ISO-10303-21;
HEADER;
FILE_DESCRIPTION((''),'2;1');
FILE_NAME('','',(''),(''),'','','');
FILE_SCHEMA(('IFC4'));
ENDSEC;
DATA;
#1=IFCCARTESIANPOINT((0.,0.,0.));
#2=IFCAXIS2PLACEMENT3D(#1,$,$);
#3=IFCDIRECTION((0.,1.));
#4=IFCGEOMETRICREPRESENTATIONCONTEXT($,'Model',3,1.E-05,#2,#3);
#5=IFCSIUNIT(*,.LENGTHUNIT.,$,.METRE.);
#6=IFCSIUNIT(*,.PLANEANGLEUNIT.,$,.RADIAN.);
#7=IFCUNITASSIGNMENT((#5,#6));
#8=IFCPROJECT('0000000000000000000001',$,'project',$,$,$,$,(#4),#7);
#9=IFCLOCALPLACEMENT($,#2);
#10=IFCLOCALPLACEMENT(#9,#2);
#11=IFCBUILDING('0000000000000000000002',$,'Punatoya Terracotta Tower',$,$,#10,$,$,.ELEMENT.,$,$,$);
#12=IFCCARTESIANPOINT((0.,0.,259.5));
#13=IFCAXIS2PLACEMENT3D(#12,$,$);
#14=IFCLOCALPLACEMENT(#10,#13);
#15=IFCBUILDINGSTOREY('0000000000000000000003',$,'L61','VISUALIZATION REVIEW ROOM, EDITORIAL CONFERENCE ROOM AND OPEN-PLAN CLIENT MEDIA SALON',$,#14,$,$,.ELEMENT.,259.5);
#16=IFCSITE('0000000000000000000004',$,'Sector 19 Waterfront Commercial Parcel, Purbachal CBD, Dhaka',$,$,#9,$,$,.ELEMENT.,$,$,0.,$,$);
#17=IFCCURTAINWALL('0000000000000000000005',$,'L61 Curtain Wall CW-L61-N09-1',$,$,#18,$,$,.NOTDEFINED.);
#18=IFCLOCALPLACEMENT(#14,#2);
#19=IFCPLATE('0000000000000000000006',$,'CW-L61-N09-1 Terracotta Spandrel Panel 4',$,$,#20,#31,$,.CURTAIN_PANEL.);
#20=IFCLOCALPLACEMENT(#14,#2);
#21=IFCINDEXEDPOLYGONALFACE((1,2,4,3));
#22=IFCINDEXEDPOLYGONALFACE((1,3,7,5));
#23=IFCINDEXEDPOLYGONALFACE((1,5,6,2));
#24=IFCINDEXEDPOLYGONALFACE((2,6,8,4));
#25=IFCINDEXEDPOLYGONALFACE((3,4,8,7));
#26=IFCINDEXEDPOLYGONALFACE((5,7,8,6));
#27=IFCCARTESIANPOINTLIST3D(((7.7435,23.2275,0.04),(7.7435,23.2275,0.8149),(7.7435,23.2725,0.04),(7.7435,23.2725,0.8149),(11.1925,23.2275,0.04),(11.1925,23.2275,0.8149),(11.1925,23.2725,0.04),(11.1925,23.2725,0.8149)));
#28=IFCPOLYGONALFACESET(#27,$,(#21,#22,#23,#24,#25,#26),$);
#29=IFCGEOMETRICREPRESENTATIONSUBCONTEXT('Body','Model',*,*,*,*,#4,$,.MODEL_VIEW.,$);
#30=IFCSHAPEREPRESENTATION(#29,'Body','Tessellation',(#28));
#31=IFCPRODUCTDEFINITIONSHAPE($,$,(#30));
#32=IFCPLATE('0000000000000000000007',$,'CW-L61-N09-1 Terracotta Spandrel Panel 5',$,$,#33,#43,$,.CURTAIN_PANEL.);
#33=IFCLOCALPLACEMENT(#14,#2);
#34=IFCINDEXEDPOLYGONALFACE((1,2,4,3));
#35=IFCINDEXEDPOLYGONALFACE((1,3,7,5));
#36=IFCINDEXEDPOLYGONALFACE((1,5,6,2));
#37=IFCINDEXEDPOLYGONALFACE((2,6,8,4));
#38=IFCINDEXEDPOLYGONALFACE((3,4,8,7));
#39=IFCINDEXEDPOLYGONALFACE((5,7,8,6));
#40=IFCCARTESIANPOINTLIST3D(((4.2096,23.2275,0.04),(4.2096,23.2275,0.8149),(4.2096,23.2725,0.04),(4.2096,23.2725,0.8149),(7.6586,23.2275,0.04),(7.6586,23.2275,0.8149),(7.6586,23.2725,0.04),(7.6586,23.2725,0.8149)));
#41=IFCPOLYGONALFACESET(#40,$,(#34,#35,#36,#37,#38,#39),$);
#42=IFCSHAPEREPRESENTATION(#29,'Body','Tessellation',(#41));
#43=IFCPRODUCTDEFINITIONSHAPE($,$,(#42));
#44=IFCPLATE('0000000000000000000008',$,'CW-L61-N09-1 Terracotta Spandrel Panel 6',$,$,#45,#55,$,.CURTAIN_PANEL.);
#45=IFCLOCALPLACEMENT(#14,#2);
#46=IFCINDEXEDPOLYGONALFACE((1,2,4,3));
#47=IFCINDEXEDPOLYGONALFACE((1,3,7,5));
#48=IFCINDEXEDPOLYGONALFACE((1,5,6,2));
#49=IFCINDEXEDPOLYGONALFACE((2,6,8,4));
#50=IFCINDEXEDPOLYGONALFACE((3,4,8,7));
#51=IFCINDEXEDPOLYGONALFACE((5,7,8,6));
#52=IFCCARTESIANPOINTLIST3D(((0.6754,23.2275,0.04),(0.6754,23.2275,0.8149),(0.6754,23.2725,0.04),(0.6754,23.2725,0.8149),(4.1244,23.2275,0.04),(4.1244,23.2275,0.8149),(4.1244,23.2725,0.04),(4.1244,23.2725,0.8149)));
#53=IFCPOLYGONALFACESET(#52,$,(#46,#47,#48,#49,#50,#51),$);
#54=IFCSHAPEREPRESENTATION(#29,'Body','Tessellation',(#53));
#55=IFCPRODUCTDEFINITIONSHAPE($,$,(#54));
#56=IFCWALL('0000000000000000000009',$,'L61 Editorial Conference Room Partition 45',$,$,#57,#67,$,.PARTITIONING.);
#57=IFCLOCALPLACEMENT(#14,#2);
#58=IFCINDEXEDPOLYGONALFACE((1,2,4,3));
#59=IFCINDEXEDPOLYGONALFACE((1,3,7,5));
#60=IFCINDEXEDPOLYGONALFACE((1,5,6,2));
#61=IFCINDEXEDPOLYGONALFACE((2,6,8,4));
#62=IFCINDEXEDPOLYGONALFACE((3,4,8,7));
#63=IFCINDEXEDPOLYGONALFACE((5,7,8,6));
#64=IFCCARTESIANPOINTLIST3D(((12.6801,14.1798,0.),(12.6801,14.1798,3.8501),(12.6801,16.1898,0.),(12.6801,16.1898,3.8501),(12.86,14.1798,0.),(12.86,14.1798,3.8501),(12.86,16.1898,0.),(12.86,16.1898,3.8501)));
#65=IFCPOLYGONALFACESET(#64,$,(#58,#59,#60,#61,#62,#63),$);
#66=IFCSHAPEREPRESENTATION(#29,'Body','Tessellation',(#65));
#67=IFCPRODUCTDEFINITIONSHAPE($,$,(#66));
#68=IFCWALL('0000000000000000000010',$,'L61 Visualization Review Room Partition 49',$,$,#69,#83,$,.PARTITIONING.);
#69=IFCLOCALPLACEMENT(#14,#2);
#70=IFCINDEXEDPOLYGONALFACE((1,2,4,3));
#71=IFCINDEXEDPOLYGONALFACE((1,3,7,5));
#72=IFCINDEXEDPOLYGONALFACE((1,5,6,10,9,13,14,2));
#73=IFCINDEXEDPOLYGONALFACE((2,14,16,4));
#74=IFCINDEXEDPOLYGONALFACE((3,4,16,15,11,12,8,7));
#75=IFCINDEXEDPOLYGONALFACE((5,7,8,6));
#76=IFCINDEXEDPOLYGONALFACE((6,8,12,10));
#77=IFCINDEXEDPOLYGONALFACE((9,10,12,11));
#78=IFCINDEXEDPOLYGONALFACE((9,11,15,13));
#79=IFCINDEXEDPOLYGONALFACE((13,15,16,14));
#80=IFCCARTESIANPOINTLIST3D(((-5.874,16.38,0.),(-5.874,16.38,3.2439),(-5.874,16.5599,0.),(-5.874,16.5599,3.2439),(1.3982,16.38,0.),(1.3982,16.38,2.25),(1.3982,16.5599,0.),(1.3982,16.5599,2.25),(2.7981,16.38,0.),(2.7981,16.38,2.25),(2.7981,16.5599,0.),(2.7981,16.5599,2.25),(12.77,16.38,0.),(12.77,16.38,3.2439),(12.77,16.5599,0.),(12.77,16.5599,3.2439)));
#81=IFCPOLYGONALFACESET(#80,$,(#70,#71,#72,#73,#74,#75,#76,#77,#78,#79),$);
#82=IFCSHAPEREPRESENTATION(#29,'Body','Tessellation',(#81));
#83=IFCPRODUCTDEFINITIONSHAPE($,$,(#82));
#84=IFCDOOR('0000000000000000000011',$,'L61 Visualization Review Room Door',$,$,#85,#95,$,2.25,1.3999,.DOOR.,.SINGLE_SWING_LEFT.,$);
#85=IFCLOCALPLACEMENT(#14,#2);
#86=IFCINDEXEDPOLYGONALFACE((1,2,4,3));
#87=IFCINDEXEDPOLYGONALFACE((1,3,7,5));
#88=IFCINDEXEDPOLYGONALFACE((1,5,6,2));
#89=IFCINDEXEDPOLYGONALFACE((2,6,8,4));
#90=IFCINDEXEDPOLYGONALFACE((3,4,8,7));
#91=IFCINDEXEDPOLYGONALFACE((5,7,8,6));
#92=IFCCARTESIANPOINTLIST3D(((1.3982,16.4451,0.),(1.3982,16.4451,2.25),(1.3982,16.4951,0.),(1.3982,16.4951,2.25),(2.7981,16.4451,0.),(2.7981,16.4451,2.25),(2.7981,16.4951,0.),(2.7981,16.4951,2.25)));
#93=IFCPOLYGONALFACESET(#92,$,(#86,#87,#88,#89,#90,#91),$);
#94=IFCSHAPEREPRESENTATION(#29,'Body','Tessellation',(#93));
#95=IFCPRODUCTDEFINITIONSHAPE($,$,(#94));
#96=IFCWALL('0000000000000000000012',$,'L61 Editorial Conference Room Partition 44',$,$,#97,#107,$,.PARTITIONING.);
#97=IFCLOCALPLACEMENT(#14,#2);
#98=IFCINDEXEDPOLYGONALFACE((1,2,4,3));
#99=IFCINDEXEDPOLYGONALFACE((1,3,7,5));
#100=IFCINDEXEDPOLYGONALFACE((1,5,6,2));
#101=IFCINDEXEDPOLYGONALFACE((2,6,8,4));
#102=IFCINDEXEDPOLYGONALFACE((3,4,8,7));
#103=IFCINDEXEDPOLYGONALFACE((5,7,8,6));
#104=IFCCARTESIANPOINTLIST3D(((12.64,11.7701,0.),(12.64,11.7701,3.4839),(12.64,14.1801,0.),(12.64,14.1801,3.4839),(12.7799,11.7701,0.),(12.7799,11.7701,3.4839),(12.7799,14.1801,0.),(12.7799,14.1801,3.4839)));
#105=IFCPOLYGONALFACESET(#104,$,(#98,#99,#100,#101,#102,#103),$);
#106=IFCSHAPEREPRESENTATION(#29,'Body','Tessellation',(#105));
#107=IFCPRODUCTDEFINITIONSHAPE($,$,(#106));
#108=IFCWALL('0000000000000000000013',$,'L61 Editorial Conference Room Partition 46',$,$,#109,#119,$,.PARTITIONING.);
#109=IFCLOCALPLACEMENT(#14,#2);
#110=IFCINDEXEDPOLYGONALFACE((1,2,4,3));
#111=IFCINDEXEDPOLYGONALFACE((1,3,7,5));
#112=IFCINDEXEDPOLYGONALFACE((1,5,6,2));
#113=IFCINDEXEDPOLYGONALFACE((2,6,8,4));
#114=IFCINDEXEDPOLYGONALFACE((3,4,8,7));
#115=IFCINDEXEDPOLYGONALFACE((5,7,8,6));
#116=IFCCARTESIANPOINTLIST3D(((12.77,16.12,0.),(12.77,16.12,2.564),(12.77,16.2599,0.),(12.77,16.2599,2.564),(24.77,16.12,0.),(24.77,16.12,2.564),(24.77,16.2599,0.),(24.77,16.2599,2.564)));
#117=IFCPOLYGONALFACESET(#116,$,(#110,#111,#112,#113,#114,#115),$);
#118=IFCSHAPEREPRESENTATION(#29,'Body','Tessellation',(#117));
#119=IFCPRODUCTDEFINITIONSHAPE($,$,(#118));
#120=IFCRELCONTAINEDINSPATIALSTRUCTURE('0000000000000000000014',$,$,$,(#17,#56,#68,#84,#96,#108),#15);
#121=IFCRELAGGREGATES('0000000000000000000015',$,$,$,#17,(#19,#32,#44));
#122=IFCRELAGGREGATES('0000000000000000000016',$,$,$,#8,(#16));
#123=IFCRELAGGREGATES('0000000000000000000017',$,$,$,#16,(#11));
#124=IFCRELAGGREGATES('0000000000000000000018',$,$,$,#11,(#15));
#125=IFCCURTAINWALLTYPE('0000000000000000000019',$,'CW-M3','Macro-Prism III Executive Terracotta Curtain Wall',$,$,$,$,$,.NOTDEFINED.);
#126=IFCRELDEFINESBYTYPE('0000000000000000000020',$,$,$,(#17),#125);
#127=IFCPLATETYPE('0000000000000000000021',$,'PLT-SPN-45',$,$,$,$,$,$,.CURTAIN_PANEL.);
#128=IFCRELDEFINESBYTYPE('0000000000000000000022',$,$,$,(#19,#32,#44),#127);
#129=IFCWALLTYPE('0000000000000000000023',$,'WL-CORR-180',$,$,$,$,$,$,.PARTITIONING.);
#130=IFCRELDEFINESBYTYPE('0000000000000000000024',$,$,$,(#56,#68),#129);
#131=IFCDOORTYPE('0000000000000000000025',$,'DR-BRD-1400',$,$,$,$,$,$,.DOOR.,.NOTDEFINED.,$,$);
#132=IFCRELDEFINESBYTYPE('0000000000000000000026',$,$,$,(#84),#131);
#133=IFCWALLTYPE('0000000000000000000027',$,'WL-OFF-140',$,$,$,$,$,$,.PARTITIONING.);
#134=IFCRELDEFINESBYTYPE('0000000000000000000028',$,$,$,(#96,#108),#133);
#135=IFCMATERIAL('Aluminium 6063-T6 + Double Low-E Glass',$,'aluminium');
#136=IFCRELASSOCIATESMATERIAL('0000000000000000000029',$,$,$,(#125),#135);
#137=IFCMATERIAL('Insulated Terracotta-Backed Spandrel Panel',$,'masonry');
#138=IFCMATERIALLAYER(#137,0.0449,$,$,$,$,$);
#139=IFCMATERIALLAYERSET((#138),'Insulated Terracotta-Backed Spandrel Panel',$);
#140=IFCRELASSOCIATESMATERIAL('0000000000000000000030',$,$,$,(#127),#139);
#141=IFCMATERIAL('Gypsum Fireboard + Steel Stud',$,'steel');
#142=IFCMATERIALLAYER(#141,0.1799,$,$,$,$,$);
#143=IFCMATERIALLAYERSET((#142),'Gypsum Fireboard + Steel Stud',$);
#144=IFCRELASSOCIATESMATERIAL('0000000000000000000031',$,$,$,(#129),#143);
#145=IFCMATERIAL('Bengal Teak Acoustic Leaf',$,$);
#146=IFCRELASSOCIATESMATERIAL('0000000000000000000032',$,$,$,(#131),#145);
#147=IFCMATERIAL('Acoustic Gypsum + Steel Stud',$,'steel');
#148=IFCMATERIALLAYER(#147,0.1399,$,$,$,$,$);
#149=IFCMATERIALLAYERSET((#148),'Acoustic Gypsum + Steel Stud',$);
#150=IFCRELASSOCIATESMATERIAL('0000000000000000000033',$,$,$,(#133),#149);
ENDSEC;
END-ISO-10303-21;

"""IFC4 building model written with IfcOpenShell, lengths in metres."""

from ifc_helpers import new_model, si_unit, direction, frame, frame_2d, origin, origin_2d, place, context, subcontext, project, spatial, rectangle, extrude, material, layer, layer_set, type_object, element, fill, aggregate, save


model = new_model("IFC4")

# Units and contexts
model_context = context("Model", 3, precision=1e-05, world=origin(), true_north=direction((0.0, 1.0)))
body_context = subcontext(model_context, "Body", "Model", "MODEL_VIEW")
ifc_project = project(units=[si_unit("LENGTHUNIT", "METRE"), si_unit("PLANEANGLEUNIT", "RADIAN")], contexts=[model_context])

# Site, building, storey
site_placement = place(None, origin())
site = spatial("IfcSite", under=ifc_project, at=site_placement, Name="Sector 19 Waterfront Commercial Parcel, Purbachal CBD, Dhaka", CompositionType="ELEMENT", RefElevation=0.0)
building_placement = place(site_placement, origin())
building = spatial("IfcBuilding", under=site, at=building_placement, Name="Punatoya Terracotta Tower", CompositionType="ELEMENT")
storey_placement = place(building_placement, frame((0.0, 0.0, 259.5)))
storey = spatial("IfcBuildingStorey", under=building, at=storey_placement, Name="L61", Description="VISUALIZATION REVIEW ROOM, EDITORIAL CONFERENCE ROOM AND OPEN-PLAN CLIENT MEDIA SALON", CompositionType="ELEMENT", Elevation=259.5)

# Curtain wall, plates
ifc_material_1 = material(Name="Aluminium 6063-T6 + Double Low-E Glass", Category="aluminium")
curtain_wall_type = type_object("IfcCurtainWallType", Name="CW-M3", Description="Macro-Prism III Executive Terracotta Curtain Wall", PredefinedType="NOTDEFINED", material=ifc_material_1)
curtain_wall_placement = place(storey_placement, origin())
curtain_wall = element("IfcCurtainWall", 1, at=curtain_wall_placement, inside=storey, type_object=curtain_wall_type, Name="L61 Curtain Wall CW-L61-N09-1", PredefinedType="NOTDEFINED")
ifc_material_2 = material(Name="Insulated Terracotta-Backed Spandrel Panel", Category="masonry")
ifc_layer_1 = layer(ifc_material_2, 0.0449)
ifc_layer_set_1 = layer_set([ifc_layer_1], Name="Insulated Terracotta-Backed Spandrel Panel")
plate_type_1 = type_object("IfcPlateType", Name="PLT-SPN-45", PredefinedType="CURTAIN_PANEL", material=ifc_layer_set_1)
plate_1_placement = place(storey_placement, frame((9.468, 23.25, 0.04), z_axis=(0.0, 0.0, 1.0), x_axis=(-1.0, 0.0, 0.0)))
plate_1 = element("IfcPlate", 2, at=plate_1_placement, type_object=plate_type_1, Name="CW-L61-N09-1 Terracotta Spandrel Panel 4", PredefinedType="CURTAIN_PANEL", context=body_context, shape_type="SweptSolid", body=[
    extrude(rectangle(XDim=3.449, YDim=0.0449, at=origin_2d()), origin(), (0.0, 0.0, 1.0), 0.7749),
])
plate_2_placement = place(storey_placement, frame((5.9341, 23.25, 0.04), z_axis=(0.0, 0.0, 1.0), x_axis=(-1.0, 0.0, 0.0)))
plate_2 = element("IfcPlate", 3, at=plate_2_placement, type_object=plate_type_1, Name="CW-L61-N09-1 Terracotta Spandrel Panel 5", PredefinedType="CURTAIN_PANEL", context=body_context, shape_type="SweptSolid", body=[
    extrude(rectangle(XDim=3.449, YDim=0.0449, at=origin_2d()), origin(), (0.0, 0.0, 1.0), 0.7749),
])
plate_3_placement = place(storey_placement, frame((2.3999, 23.25, 0.04), z_axis=(0.0, 0.0, 1.0), x_axis=(-1.0, 0.0, 0.0)))
plate_3 = element("IfcPlate", 4, at=plate_3_placement, type_object=plate_type_1, Name="CW-L61-N09-1 Terracotta Spandrel Panel 6", PredefinedType="CURTAIN_PANEL", context=body_context, shape_type="SweptSolid", body=[
    extrude(rectangle(XDim=3.449, YDim=0.0449, at=origin_2d()), origin(), (0.0, 0.0, 1.0), 0.7749),
])
aggregate(curtain_wall, [plate_1, plate_2, plate_3])

# Wall
ifc_material_3 = material(Name="Gypsum Fireboard + Steel Stud", Category="steel")
ifc_layer_2 = layer(ifc_material_3, 0.1799)
ifc_layer_set_2 = layer_set([ifc_layer_2], Name="Gypsum Fireboard + Steel Stud")
wall_type_1 = type_object("IfcWallType", Name="WL-CORR-180", PredefinedType="PARTITIONING", material=ifc_layer_set_2)
wall_1_placement = place(storey_placement, frame((12.77, 14.1799, 0.0), z_axis=(0.0, 0.0, 1.0), x_axis=(0.0, 1.0, 0.0)))
element("IfcWall", 5, at=wall_1_placement, inside=storey, type_object=wall_type_1, Name="L61 Editorial Conference Room Partition 45", PredefinedType="PARTITIONING", context=body_context, shape_type="SweptSolid", body=[
    extrude(rectangle(XDim=2.01, YDim=0.1799, at=frame_2d((1.0049, 0.0))), origin(), (0.0, 0.0, 1.0), 3.8501),
])

# Wall, opening, door
wall_2_placement = place(storey_placement, frame((12.77, 16.47, 0.0), z_axis=(0.0, 0.0, 1.0), x_axis=(-1.0, 0.0, 0.0)))
wall_2 = element("IfcWall", 6, at=wall_2_placement, inside=storey, type_object=wall_type_1, Name="L61 Visualization Review Room Partition 49", PredefinedType="PARTITIONING", context=body_context, shape_type="SweptSolid", body=[
    extrude(rectangle(XDim=18.644, YDim=0.1799, at=frame_2d((9.322, 0.0))), origin(), (0.0, 0.0, 1.0), 3.2439),
])
opening_placement = place(wall_2_placement, frame((9.9719, 0.0, 0.0)))
opening = element("IfcOpeningElement", 7, at=opening_placement, cuts=wall_2, PredefinedType="OPENING", context=body_context, shape_type="SweptSolid", body=[
    extrude(rectangle(XDim=1.3999, YDim=2.25, at=frame_2d((0.7, 1.125))), frame((0.0, 0.0999, 0.0), z_axis=(0.0, -1.0, 0.0), x_axis=(1.0, 0.0, 0.0)), (0.0, 0.0, 1.0), 0.2),
])
ifc_material_4 = material(Name="Bengal Teak Acoustic Leaf")
door_type = type_object("IfcDoorType", Name="DR-BRD-1400", OperationType="NOTDEFINED", PredefinedType="DOOR", material=ifc_material_4)
door_placement = place(opening_placement, origin())
door = element("IfcDoor", 8, at=door_placement, inside=storey, type_object=door_type, Name="L61 Visualization Review Room Door", OperationType="SINGLE_SWING_LEFT", OverallHeight=2.25, OverallWidth=1.3999, PredefinedType="DOOR", context=body_context, shape_type="SweptSolid", body=[
    extrude(rectangle(XDim=1.3999, YDim=2.25, at=frame_2d((0.7, 1.125))), frame((0.0, 0.0249, 0.0), z_axis=(0.0, -1.0, 0.0), x_axis=(1.0, 0.0, 0.0)), (0.0, 0.0, 1.0), 0.05),
])
fill(opening, door)

# Walls
ifc_material_5 = material(Name="Acoustic Gypsum + Steel Stud", Category="steel")
ifc_layer_3 = layer(ifc_material_5, 0.1399)
ifc_layer_set_3 = layer_set([ifc_layer_3], Name="Acoustic Gypsum + Steel Stud")
wall_type_2 = type_object("IfcWallType", Name="WL-OFF-140", PredefinedType="PARTITIONING", material=ifc_layer_set_3)
wall_3_placement = place(storey_placement, frame((12.71, 11.77, 0.0), z_axis=(0.0, 0.0, 1.0), x_axis=(0.0, 1.0, 0.0)))
element("IfcWall", 9, at=wall_3_placement, inside=storey, type_object=wall_type_2, Name="L61 Editorial Conference Room Partition 44", PredefinedType="PARTITIONING", context=body_context, shape_type="SweptSolid", body=[
    extrude(rectangle(XDim=2.4099, YDim=0.1399, at=frame_2d((1.2051, 0.0))), origin(), (0.0, 0.0, 1.0), 3.4839),
])
wall_4_placement = place(storey_placement, frame((12.77, 16.1899, 0.0), z_axis=(0.0, 0.0, 1.0), x_axis=(1.0, 0.0, 0.0)))
element("IfcWall", 10, at=wall_4_placement, inside=storey, type_object=wall_type_2, Name="L61 Editorial Conference Room Partition 46", PredefinedType="PARTITIONING", context=body_context, shape_type="SweptSolid", body=[
    extrude(rectangle(XDim=12.0, YDim=0.1399, at=frame_2d((6.0, 0.0))), origin(), (0.0, 0.0, 1.0), 2.564),
])

save(model, "model.ifc")
